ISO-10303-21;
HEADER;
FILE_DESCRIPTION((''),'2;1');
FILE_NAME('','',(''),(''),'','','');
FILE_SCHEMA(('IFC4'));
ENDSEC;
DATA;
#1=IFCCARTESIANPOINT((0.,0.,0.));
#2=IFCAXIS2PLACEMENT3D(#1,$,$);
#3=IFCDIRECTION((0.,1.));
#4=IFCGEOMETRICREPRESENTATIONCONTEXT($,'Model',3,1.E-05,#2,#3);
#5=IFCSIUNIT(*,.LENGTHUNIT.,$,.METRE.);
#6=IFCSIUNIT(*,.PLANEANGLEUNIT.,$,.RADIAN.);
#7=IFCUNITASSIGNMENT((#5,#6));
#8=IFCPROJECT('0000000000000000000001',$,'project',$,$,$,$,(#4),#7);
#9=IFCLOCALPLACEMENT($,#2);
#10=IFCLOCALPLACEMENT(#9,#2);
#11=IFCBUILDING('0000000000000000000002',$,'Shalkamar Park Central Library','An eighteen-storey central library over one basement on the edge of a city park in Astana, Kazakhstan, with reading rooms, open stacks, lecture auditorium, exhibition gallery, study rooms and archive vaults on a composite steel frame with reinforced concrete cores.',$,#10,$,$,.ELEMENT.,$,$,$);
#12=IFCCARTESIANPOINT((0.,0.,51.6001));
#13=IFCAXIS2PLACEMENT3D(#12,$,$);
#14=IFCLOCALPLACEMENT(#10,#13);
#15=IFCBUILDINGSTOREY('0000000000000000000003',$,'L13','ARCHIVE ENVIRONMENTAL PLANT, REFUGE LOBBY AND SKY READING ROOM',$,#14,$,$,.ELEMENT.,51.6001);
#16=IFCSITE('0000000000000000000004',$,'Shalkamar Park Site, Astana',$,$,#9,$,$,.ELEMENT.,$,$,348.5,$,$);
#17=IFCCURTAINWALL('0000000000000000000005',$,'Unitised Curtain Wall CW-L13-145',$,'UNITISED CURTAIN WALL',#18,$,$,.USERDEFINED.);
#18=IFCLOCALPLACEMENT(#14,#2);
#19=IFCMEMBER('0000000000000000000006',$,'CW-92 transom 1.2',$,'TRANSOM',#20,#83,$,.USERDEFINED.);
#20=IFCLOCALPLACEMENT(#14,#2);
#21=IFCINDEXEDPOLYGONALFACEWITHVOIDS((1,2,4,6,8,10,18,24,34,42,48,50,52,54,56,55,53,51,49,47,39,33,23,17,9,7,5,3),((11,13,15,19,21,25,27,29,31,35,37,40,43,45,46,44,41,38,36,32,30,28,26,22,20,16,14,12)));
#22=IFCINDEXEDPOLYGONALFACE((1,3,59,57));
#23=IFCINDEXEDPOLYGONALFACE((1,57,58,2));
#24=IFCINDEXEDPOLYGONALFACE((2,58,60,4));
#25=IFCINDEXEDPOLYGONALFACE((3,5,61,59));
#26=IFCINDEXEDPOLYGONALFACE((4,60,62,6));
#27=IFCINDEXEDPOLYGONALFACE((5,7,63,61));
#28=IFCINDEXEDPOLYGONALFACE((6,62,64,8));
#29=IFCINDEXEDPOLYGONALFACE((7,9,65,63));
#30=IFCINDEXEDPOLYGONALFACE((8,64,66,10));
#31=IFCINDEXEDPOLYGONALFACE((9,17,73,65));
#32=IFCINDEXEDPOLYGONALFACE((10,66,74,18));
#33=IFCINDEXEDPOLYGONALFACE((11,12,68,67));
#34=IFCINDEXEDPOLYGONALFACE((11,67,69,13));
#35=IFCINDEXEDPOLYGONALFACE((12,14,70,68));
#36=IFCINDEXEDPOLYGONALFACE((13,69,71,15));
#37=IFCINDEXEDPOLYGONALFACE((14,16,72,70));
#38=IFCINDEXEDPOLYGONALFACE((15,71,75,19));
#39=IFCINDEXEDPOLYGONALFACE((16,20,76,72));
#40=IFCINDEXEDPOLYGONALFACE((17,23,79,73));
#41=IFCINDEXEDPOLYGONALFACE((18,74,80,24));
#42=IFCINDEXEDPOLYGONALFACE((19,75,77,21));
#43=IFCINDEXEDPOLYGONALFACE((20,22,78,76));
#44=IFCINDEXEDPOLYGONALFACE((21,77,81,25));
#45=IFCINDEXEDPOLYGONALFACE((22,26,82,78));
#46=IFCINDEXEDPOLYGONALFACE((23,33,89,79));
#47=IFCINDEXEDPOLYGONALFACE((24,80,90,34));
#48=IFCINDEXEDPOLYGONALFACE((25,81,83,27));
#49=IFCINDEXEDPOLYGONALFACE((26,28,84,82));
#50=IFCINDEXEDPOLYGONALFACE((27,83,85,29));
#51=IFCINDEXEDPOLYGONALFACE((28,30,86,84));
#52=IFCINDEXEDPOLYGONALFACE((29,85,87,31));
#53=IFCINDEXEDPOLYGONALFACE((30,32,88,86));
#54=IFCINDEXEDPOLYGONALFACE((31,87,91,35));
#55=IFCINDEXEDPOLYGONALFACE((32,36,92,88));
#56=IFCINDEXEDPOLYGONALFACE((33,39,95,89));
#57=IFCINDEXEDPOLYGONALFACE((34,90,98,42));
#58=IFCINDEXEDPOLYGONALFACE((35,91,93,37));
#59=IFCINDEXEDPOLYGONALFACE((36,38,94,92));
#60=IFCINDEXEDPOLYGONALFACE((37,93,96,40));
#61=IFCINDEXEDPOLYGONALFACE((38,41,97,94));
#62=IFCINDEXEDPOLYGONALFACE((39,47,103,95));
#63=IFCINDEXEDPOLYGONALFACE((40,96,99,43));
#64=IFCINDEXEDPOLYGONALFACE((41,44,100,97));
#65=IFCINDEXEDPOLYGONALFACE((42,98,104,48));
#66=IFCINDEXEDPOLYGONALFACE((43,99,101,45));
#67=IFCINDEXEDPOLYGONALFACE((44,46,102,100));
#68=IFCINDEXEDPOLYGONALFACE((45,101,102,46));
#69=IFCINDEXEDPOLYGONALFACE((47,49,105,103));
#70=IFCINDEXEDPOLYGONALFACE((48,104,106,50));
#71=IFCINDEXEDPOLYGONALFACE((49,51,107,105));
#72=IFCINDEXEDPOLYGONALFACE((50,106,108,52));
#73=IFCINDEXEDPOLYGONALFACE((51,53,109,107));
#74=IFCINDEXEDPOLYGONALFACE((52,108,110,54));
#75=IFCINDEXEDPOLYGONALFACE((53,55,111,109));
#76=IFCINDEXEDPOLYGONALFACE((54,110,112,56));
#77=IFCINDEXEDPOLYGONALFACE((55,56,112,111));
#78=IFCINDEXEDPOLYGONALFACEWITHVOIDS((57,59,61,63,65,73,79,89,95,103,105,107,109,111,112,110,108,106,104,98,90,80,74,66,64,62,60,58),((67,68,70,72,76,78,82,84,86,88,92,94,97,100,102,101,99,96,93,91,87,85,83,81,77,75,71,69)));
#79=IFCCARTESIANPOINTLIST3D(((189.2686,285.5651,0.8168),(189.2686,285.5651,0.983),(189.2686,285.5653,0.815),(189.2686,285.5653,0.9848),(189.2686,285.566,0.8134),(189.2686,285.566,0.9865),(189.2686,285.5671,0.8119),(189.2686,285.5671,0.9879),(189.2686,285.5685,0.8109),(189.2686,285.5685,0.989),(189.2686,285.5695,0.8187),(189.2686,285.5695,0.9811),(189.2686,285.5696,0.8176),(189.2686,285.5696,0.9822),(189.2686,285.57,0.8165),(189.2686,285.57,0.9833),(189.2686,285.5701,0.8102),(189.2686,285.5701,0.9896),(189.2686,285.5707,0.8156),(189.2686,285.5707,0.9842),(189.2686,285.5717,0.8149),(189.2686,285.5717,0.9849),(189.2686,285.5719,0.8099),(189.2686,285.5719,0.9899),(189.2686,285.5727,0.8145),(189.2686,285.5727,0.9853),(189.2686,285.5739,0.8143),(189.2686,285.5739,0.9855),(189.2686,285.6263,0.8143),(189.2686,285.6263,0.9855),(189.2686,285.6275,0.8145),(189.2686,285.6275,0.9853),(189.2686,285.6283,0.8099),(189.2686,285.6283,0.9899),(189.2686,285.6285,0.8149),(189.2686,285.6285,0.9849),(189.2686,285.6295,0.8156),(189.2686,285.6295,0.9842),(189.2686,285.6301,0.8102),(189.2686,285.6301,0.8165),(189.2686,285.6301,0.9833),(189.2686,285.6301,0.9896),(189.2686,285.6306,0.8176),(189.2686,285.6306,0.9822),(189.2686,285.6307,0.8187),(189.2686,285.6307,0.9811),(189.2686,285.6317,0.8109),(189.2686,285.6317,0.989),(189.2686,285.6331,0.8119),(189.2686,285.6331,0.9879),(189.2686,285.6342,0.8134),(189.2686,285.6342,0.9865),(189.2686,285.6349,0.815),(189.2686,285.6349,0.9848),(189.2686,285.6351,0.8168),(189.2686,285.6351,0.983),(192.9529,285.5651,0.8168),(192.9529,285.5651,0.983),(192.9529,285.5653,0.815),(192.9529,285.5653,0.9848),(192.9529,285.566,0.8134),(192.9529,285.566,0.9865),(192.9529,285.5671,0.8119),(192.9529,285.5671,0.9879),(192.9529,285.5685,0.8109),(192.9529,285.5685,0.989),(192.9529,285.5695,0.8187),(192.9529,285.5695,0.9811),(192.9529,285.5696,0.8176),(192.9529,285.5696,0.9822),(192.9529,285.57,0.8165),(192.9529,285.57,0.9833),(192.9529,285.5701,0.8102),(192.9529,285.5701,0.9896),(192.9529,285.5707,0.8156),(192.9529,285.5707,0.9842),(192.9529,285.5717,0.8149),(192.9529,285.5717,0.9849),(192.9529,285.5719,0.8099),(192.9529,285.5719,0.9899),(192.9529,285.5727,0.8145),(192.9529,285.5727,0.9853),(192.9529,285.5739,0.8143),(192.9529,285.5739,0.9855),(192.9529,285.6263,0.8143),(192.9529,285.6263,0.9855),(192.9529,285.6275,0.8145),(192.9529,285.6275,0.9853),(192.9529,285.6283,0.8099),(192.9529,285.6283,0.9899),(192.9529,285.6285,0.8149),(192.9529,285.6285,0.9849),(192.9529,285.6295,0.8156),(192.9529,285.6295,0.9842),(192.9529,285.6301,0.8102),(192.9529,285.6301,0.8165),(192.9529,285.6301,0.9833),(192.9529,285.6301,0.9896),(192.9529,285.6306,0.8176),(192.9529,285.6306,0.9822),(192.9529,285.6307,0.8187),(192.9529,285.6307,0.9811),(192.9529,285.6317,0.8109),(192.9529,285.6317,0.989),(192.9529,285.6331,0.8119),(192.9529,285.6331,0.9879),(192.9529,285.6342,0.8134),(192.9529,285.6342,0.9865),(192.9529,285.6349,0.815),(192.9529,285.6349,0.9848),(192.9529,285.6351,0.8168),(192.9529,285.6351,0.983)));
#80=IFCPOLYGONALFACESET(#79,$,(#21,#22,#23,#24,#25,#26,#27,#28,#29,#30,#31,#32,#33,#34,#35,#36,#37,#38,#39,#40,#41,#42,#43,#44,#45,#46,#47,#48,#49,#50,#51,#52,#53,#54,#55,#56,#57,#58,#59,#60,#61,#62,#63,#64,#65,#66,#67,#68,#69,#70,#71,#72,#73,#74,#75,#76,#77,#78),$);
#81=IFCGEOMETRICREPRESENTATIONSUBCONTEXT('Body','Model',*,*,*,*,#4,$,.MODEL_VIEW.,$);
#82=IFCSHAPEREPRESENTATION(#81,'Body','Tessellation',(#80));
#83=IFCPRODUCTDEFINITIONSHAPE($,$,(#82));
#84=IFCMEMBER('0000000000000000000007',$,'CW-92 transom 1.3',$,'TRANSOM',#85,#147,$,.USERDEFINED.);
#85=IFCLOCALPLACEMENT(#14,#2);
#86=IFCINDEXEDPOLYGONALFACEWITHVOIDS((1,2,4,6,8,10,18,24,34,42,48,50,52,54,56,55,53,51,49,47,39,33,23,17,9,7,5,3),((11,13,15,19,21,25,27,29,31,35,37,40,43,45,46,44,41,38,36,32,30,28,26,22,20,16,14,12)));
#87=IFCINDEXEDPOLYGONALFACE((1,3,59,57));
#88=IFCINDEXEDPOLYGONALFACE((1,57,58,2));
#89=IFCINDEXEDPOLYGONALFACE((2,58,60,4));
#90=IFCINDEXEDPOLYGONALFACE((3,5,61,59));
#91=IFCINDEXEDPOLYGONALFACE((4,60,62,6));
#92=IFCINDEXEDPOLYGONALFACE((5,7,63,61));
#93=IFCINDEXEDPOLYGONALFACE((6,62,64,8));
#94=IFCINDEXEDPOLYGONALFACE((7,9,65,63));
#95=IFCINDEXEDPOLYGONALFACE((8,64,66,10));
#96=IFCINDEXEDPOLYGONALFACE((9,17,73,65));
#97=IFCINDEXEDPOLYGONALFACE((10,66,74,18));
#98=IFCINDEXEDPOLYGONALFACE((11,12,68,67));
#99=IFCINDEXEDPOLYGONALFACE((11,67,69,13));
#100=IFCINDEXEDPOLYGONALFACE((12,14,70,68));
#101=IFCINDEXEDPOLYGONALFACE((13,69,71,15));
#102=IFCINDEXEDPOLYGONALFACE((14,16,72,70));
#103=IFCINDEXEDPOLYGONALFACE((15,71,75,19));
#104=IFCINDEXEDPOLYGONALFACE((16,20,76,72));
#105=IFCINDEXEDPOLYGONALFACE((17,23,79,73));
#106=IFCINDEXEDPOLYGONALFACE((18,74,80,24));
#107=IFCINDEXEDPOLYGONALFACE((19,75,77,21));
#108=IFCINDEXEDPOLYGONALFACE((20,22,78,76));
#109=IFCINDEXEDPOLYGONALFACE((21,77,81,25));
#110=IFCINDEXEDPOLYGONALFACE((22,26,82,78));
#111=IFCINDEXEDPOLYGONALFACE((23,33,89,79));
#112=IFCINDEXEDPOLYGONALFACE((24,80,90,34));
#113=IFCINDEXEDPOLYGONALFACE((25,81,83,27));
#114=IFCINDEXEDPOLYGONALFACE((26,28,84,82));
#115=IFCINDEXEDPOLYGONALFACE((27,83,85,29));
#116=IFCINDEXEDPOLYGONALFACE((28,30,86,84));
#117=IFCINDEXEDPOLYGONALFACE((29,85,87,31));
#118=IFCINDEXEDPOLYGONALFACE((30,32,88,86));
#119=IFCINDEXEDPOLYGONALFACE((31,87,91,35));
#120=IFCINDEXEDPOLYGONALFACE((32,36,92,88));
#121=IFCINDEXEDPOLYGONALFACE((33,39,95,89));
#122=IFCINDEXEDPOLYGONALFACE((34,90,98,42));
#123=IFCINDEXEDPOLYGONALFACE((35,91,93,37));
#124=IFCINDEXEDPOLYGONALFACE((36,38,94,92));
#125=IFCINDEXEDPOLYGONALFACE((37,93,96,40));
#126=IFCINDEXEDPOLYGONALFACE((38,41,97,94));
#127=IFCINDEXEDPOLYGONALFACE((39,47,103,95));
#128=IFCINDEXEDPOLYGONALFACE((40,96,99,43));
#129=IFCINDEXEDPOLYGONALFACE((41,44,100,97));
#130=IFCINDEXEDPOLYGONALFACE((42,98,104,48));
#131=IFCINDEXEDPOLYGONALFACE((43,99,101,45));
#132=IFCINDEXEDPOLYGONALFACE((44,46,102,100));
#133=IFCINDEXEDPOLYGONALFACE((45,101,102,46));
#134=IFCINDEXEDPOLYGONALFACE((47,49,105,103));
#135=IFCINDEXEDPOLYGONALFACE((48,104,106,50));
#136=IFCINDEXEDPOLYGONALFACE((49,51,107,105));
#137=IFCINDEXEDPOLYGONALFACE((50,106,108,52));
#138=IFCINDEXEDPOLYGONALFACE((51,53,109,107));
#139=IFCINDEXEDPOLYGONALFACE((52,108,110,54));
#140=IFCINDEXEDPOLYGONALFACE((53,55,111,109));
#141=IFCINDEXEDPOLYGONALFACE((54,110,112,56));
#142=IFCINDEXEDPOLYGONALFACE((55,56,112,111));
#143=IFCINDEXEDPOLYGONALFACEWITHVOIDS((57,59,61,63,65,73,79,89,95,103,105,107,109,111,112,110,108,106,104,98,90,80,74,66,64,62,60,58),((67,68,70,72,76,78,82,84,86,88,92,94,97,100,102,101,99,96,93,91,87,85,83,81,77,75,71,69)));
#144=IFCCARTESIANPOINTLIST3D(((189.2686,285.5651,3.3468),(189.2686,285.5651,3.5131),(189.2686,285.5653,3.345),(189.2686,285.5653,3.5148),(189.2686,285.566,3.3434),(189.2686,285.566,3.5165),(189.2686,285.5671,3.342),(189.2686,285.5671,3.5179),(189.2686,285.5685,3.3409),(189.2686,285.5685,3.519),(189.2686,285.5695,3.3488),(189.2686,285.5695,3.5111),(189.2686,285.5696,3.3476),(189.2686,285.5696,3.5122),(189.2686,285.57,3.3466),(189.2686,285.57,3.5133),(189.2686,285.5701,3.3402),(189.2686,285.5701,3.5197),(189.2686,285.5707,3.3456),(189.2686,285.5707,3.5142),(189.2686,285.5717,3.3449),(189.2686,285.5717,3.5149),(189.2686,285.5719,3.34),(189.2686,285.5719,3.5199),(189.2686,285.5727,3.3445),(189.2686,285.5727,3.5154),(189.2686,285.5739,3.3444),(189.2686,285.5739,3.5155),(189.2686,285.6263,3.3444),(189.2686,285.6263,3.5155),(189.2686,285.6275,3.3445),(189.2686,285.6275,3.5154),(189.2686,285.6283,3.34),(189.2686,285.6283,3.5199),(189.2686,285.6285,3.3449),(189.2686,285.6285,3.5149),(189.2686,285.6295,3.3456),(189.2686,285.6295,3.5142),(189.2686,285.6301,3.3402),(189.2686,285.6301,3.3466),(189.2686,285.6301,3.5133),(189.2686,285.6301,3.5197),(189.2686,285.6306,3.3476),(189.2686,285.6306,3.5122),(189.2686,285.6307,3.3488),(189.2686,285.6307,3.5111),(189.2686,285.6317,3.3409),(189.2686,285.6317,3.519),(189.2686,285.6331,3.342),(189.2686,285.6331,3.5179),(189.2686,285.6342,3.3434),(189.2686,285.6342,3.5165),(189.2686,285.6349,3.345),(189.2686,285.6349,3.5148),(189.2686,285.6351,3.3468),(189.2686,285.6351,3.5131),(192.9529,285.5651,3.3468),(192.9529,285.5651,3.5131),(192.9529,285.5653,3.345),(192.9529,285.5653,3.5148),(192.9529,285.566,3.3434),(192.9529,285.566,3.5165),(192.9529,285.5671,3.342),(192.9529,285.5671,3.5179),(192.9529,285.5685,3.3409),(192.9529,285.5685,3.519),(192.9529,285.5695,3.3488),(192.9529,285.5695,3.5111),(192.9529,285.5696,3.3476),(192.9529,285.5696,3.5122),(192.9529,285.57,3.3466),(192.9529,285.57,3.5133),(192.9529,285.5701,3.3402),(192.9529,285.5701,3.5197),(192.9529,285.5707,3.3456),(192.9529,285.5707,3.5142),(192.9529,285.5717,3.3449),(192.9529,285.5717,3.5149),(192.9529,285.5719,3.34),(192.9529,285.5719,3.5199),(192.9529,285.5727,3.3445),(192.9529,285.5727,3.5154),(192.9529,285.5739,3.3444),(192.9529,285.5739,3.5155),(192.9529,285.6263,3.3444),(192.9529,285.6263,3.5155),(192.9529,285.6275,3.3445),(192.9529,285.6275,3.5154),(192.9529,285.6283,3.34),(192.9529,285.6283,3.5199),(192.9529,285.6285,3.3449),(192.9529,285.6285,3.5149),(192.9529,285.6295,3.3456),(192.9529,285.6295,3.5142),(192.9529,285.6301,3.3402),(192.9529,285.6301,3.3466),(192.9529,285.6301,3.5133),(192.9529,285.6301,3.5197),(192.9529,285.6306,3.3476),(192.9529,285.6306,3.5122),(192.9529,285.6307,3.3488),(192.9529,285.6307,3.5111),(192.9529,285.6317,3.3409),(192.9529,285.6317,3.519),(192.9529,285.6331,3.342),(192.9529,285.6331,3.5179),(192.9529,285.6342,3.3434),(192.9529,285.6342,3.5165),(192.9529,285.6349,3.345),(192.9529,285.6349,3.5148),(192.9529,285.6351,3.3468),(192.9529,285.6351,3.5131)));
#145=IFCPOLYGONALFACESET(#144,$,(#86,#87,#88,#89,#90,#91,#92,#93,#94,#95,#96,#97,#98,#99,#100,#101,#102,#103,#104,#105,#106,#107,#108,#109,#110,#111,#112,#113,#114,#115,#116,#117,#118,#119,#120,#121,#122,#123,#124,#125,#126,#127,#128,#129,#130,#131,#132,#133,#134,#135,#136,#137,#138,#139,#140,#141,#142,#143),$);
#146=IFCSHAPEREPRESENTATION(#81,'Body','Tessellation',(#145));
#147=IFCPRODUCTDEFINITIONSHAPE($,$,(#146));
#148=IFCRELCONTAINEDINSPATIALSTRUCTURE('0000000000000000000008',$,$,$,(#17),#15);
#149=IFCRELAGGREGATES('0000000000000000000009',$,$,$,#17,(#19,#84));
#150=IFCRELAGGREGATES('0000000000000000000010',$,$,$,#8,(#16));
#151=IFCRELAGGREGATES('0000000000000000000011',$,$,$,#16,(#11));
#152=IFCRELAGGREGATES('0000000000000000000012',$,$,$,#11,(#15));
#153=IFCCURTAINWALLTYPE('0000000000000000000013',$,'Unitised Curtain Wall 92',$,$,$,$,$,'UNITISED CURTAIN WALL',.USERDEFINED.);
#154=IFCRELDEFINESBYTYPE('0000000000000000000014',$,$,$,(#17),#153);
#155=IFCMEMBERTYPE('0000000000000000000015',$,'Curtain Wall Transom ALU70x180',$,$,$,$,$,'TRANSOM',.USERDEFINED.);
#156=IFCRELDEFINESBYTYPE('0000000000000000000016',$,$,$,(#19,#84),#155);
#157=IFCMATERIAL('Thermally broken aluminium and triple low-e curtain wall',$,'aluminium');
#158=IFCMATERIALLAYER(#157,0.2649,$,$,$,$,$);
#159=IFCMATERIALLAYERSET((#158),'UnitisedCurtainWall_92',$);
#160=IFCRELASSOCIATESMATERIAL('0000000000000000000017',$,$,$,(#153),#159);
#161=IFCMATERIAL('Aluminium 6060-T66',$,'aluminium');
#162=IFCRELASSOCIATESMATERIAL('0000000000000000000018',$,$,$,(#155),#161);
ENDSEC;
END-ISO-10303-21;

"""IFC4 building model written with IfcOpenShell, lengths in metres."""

from ifc_helpers import new_model, si_unit, direction, frame, origin, origin_2d, place, context, subcontext, project, spatial, hollow_rectangle, extrude, material, layer, layer_set, material_profile, profile_set, type_object, element, aggregate, save


model = new_model("IFC4")

# Units and contexts
model_context = context("Model", 3, precision=1e-05, world=origin(), true_north=direction((0.0, 1.0)))
body_context = subcontext(model_context, "Body", "Model", "MODEL_VIEW")
ifc_project = project(units=[si_unit("LENGTHUNIT", "METRE"), si_unit("PLANEANGLEUNIT", "RADIAN")], contexts=[model_context])

# Site, building, storey
site_placement = place(None, origin())
site = spatial("IfcSite", under=ifc_project, at=site_placement, Name="Shalkamar Park Site, Astana", CompositionType="ELEMENT", RefElevation=348.5)
building_placement = place(site_placement, origin())
building = spatial("IfcBuilding", under=site, at=building_placement, Name="Shalkamar Park Central Library", Description="An eighteen-storey central library over one basement on the edge of a city park in Astana, Kazakhstan, with reading rooms, open stacks, lecture auditorium, exhibition gallery, study rooms and archive vaults on a composite steel frame with reinforced concrete cores.", CompositionType="ELEMENT")
storey_placement = place(building_placement, frame((0.0, 0.0, 51.6001)))
storey = spatial("IfcBuildingStorey", under=building, at=storey_placement, Name="L13", Description="ARCHIVE ENVIRONMENTAL PLANT, REFUGE LOBBY AND SKY READING ROOM", CompositionType="ELEMENT", Elevation=51.6001)

# Shared definitions
ifc_material_1 = material(Name="Thermally broken aluminium and triple low-e curtain wall", Category="aluminium")
ifc_material_2 = material(Name="Aluminium 6060-T66", Category="aluminium")

# Curtain wall
ifc_layer_1 = layer(ifc_material_1, 0.2649)
ifc_layer_set_1 = layer_set([ifc_layer_1], Name="UnitisedCurtainWall_92")
curtain_wall_type_1 = type_object("IfcCurtainWallType", Name="Unitised Curtain Wall 92", ElementType="UNITISED CURTAIN WALL", PredefinedType="USERDEFINED", material=ifc_layer_set_1)
curtain_wall_1_placement = place(storey_placement, origin())
curtain_wall_1 = element("IfcCurtainWall", 1, at=curtain_wall_1_placement, inside=storey, type_object=curtain_wall_type_1, Name="Unitised Curtain Wall CW-L13-145", ObjectType="UNITISED CURTAIN WALL", PredefinedType="USERDEFINED")

# Members
ifc_material_profile_1 = material_profile(ifc_material_2, hollow_rectangle(XDim=0.0701, YDim=0.1799, WallThickness=0.0044, InnerFilletRadius=0.0044, OuterFilletRadius=0.0068, at=origin_2d()), Name="ALU 70x180x4.5")
ifc_profile_set_1 = profile_set([ifc_material_profile_1], Name="Aluminium 6060-T66")
member_type_1 = type_object("IfcMemberType", Name="Curtain Wall Transom ALU70x180", ElementType="TRANSOM", PredefinedType="USERDEFINED", material=ifc_profile_set_1)
member_1_placement = place(storey_placement, frame((189.2686, 285.6001, 0.8999), z_axis=(1.0, 0.0, 0.0), x_axis=(0.0, 1.0, 0.0)))
member_1 = element("IfcMember", 2, at=member_1_placement, type_object=member_type_1, Name="CW-92 transom 1.2", ObjectType="TRANSOM", PredefinedType="USERDEFINED", context=body_context, shape_type="SweptSolid", body=[
    extrude(hollow_rectangle(XDim=0.0701, YDim=0.1799, WallThickness=0.0044, InnerFilletRadius=0.0044, OuterFilletRadius=0.0068, at=origin_2d()), origin(), (0.0, 0.0, 1.0), 3.6843),
])
member_2_placement = place(storey_placement, frame((189.2686, 285.6001, 3.4299), z_axis=(1.0, 0.0, 0.0), x_axis=(0.0, 1.0, 0.0)))
member_2 = element("IfcMember", 3, at=member_2_placement, type_object=member_type_1, Name="CW-92 transom 1.3", ObjectType="TRANSOM", PredefinedType="USERDEFINED", context=body_context, shape_type="SweptSolid", body=[
    extrude(hollow_rectangle(XDim=0.0701, YDim=0.1799, WallThickness=0.0044, InnerFilletRadius=0.0044, OuterFilletRadius=0.0068, at=origin_2d()), origin(), (0.0, 0.0, 1.0), 3.6843),
])

aggregate(curtain_wall_1, [member_1, member_2])

save(model, "model.ifc")
